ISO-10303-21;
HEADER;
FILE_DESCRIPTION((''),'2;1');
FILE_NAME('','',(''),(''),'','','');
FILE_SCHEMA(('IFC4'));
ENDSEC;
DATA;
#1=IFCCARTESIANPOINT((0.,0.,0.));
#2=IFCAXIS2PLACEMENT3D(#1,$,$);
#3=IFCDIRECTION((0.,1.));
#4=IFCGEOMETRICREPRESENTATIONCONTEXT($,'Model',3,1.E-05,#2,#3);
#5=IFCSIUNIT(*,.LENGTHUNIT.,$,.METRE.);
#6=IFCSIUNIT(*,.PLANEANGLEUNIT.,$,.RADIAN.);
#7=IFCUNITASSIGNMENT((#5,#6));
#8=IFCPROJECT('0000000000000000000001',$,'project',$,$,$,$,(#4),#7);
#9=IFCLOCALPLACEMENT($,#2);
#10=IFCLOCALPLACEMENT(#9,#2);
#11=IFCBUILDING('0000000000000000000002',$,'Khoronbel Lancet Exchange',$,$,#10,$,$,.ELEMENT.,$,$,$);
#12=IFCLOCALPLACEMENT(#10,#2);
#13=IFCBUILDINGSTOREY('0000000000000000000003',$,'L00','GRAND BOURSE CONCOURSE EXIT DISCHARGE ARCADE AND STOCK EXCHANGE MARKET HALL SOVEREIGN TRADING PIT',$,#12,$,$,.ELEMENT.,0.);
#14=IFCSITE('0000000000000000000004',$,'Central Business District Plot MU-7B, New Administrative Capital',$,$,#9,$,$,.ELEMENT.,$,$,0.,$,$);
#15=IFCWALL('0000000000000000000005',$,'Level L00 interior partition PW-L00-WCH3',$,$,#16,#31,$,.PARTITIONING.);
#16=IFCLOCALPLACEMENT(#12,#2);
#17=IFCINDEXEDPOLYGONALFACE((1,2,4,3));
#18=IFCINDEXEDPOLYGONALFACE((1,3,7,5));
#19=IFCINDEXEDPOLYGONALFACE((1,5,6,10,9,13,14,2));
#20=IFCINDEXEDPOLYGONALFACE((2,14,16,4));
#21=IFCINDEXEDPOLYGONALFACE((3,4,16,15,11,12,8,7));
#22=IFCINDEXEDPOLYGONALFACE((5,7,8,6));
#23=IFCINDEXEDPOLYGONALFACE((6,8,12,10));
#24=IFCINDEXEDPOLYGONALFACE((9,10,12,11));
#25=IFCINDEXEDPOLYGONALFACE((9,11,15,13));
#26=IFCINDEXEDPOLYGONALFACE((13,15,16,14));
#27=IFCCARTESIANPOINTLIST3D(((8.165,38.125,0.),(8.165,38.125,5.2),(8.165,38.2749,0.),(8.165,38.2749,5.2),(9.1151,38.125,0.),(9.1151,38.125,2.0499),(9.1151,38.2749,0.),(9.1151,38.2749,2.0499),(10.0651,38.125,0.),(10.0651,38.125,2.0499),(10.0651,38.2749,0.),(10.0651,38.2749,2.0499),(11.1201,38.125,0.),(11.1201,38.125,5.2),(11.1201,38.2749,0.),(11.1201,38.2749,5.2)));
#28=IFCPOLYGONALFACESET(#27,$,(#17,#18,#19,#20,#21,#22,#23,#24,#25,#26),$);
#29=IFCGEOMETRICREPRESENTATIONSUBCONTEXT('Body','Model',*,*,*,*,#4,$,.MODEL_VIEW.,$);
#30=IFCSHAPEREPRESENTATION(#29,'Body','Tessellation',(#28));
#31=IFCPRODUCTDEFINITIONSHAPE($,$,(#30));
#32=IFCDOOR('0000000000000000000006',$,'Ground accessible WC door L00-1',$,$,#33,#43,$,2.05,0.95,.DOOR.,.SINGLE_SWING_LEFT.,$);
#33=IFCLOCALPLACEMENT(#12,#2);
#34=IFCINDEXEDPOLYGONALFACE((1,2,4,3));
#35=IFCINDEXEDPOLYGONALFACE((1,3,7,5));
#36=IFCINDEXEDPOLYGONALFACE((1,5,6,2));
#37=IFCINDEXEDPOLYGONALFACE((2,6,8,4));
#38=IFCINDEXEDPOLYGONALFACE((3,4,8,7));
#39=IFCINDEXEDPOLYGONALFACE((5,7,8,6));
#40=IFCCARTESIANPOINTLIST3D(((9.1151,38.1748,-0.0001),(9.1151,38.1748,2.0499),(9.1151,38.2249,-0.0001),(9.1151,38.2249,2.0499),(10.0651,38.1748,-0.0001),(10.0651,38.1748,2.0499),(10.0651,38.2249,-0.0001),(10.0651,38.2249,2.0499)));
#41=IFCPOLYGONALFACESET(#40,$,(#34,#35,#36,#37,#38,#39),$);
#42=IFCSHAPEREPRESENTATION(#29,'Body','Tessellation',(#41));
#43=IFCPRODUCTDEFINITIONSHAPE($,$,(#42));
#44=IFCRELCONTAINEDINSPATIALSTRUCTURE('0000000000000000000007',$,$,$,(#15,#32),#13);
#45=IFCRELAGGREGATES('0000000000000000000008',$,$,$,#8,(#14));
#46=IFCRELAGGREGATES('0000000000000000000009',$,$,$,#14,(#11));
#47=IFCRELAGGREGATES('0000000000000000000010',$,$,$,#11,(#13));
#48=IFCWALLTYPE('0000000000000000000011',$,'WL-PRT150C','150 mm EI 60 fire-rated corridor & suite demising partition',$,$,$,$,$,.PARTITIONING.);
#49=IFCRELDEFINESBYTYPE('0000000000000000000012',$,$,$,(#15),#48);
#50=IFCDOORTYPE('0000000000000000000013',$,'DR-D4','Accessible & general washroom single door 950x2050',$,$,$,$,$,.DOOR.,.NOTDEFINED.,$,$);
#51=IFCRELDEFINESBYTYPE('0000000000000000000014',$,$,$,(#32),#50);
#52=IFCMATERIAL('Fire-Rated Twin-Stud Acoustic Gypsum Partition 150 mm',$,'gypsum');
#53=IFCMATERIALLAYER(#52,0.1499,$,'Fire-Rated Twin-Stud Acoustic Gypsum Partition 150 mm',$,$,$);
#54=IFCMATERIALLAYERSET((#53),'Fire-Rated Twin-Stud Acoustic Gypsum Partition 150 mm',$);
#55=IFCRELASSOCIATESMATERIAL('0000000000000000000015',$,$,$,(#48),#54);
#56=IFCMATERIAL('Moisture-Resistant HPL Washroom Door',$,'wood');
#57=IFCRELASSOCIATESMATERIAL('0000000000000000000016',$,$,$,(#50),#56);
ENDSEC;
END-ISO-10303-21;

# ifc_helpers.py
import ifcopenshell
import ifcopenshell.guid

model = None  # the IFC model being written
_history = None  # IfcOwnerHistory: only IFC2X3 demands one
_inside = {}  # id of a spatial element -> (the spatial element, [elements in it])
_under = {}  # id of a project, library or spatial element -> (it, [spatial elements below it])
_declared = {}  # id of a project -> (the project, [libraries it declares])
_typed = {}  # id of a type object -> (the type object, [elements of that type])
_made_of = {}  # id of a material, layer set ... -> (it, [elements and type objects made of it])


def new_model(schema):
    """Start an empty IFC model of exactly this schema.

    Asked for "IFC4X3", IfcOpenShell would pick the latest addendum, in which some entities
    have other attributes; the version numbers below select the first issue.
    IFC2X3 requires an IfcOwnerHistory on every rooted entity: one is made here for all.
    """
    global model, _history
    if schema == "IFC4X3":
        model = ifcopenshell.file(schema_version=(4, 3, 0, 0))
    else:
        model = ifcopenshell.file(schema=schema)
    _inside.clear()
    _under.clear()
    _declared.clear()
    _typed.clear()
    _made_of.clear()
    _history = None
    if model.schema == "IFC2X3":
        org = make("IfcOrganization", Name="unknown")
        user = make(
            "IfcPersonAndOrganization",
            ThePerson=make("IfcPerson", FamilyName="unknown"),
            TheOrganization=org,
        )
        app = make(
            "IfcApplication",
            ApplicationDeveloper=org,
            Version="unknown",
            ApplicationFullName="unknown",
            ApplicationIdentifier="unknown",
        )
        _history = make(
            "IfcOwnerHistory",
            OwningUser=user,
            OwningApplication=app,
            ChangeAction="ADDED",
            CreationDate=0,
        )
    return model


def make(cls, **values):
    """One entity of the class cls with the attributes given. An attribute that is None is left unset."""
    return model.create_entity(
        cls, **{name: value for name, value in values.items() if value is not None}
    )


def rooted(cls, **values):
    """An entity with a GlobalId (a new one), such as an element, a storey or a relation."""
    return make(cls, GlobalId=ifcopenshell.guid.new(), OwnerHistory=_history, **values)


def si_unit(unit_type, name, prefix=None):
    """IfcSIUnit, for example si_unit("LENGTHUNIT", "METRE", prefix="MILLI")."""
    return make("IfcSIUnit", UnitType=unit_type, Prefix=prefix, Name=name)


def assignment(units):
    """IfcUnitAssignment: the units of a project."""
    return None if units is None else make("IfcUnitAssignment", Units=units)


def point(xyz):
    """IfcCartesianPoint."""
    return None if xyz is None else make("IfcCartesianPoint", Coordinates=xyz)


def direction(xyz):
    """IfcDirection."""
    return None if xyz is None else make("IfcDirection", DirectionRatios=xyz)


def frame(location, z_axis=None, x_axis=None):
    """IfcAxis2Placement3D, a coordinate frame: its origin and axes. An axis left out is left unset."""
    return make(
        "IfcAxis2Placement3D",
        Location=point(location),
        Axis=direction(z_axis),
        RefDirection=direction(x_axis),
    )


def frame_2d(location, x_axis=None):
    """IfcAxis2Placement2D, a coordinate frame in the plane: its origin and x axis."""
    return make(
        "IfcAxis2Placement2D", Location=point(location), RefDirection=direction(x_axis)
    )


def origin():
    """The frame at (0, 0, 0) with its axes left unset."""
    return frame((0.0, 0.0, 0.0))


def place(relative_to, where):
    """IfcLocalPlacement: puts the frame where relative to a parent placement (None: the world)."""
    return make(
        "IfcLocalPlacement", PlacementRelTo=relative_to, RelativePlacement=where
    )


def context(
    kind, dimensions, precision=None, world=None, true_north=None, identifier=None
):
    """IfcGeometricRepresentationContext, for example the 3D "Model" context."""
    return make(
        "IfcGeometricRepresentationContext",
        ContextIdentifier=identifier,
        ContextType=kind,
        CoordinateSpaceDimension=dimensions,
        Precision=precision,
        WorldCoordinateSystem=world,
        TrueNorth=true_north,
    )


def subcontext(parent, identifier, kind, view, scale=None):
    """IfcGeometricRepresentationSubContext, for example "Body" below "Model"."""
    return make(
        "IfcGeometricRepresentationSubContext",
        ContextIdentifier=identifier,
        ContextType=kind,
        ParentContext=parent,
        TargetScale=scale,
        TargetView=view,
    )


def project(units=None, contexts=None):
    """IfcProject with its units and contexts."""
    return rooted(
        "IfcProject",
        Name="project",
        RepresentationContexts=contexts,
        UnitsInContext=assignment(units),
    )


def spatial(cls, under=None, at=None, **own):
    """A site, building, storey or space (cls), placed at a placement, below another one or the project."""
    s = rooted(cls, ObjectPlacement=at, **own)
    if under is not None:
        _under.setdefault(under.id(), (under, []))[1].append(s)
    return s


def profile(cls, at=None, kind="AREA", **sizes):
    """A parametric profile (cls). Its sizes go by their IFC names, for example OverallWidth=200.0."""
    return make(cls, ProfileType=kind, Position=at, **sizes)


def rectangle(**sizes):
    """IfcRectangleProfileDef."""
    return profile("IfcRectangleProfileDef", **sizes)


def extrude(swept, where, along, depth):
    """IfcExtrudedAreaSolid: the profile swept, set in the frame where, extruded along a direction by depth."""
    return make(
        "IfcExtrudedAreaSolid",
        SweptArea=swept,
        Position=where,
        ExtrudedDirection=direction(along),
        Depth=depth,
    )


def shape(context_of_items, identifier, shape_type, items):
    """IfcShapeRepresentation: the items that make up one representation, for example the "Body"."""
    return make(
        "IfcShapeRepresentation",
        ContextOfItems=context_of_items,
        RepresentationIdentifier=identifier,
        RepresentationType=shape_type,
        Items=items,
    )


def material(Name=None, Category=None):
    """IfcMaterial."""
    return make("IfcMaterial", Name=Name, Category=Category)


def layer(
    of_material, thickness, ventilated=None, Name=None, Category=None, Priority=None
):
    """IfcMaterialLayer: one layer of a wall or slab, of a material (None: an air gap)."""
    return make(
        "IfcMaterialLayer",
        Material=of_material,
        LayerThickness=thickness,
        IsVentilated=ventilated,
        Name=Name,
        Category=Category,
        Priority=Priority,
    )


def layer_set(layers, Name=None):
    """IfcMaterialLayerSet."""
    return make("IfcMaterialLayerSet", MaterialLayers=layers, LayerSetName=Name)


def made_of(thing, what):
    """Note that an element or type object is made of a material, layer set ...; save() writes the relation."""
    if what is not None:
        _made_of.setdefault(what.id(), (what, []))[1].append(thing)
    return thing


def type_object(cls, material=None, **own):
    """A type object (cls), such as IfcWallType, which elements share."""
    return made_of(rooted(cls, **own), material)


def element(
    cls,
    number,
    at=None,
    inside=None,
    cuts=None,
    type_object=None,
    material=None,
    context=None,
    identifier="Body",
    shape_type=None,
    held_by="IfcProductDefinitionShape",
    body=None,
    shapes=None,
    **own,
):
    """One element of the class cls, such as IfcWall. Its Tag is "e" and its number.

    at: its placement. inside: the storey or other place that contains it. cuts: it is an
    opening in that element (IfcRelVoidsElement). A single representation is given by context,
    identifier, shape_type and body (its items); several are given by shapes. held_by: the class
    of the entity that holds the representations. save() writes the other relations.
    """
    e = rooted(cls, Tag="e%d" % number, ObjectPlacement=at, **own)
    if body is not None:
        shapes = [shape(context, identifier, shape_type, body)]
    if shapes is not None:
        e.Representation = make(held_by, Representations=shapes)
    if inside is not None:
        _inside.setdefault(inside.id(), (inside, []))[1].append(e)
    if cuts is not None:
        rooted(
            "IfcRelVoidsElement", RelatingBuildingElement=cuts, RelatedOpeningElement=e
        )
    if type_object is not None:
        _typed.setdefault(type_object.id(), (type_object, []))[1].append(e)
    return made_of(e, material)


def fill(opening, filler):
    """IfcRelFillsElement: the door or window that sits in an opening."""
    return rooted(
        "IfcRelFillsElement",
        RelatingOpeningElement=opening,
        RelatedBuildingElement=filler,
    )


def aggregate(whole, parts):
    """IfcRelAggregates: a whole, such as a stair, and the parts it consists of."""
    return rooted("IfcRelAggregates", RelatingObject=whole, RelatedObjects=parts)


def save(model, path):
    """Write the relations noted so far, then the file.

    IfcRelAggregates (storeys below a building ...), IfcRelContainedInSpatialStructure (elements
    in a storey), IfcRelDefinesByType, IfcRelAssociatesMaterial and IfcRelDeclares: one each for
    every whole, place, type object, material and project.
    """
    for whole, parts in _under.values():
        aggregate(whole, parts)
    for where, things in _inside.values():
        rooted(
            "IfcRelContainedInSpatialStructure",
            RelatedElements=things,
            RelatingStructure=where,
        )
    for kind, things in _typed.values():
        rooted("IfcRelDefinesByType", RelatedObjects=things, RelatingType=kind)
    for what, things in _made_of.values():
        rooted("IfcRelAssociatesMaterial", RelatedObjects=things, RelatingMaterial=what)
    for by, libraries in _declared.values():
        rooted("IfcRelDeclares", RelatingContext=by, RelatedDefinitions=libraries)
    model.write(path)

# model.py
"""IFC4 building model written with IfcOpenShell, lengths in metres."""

from ifc_helpers import new_model, si_unit, direction, frame, frame_2d, origin, place, context, subcontext, project, spatial, rectangle, extrude, material, layer, layer_set, type_object, element, fill, save


model = new_model("IFC4")

# Units and contexts
model_context = context("Model", 3, precision=1e-05, world=origin(), true_north=direction((0.0, 1.0)))
body_context = subcontext(model_context, "Body", "Model", "MODEL_VIEW")
ifc_project = project(units=[si_unit("LENGTHUNIT", "METRE"), si_unit("PLANEANGLEUNIT", "RADIAN")], contexts=[model_context])

# Site, building, storey
site_placement = place(None, origin())
site = spatial("IfcSite", under=ifc_project, at=site_placement, Name="Central Business District Plot MU-7B, New Administrative Capital", CompositionType="ELEMENT", RefElevation=0.0)
building_placement = place(site_placement, origin())
building = spatial("IfcBuilding", under=site, at=building_placement, Name="Khoronbel Lancet Exchange", CompositionType="ELEMENT")
storey_placement = place(building_placement, origin())
storey = spatial("IfcBuildingStorey", under=building, at=storey_placement, Name="L00", Description="GRAND BOURSE CONCOURSE EXIT DISCHARGE ARCADE AND STOCK EXCHANGE MARKET HALL SOVEREIGN TRADING PIT", CompositionType="ELEMENT", Elevation=0.0)

# Shared definitions
ifc_material_1 = material(Name="Fire-Rated Twin-Stud Acoustic Gypsum Partition 150 mm", Category="gypsum")
ifc_layer_1 = layer(ifc_material_1, 0.1499, Name="Fire-Rated Twin-Stud Acoustic Gypsum Partition 150 mm")
ifc_layer_set_1 = layer_set([ifc_layer_1], Name="Fire-Rated Twin-Stud Acoustic Gypsum Partition 150 mm")
wall_type_1 = type_object("IfcWallType", Name="WL-PRT150C", Description="150 mm EI 60 fire-rated corridor & suite demising partition", PredefinedType="PARTITIONING", material=ifc_layer_set_1)

# Wall, opening, door
ifc_material_2 = material(Name="Moisture-Resistant HPL Washroom Door", Category="wood")
door_type_1 = type_object("IfcDoorType", Name="DR-D4", Description="Accessible & general washroom single door 950x2050", OperationType="NOTDEFINED", PredefinedType="DOOR", material=ifc_material_2)
wall_1_placement = place(storey_placement, frame((8.165, 38.2, 0.0), z_axis=(0.0, 0.0, 1.0), x_axis=(1.0, 0.0, 0.0)))
wall_1 = element("IfcWall", 1, at=wall_1_placement, inside=storey, type_object=wall_type_1, Name="Level L00 interior partition PW-L00-WCH3", PredefinedType="PARTITIONING", context=body_context, shape_type="SweptSolid", body=[
    extrude(rectangle(XDim=2.9551, YDim=0.1499, at=frame_2d((1.4775, 0.0))), origin(), (0.0, 0.0, 1.0), 5.2),
])
opening_1_placement = place(wall_1_placement, frame((0.95, 0.0, 0.0)))
opening_1 = element("IfcOpeningElement", 2, at=opening_1_placement, cuts=wall_1, PredefinedType="OPENING", context=body_context, shape_type="SweptSolid", body=[
    extrude(rectangle(XDim=0.95, YDim=2.05, at=frame_2d((0.4751, 1.0249))), frame((0.0, 0.085, 0.0), z_axis=(0.0, -1.0, 0.0), x_axis=(1.0, 0.0, 0.0)), (0.0, 0.0, 1.0), 0.1699),
])
door_1_placement = place(opening_1_placement, origin())
door_1 = element("IfcDoor", 3, at=door_1_placement, inside=storey, type_object=door_type_1, Name="Ground accessible WC door L00-1", OperationType="SINGLE_SWING_LEFT", OverallHeight=2.05, OverallWidth=0.95, PredefinedType="DOOR", context=body_context, shape_type="SweptSolid", body=[
    extrude(rectangle(XDim=0.95, YDim=2.05, at=frame_2d((0.4751, 1.0249))), frame((0.0, 0.0249, 0.0), z_axis=(0.0, -1.0, 0.0), x_axis=(1.0, 0.0, 0.0)), (0.0, 0.0, 1.0), 0.05),
])
fill(opening_1, door_1)

save(model, "model.ifc")
